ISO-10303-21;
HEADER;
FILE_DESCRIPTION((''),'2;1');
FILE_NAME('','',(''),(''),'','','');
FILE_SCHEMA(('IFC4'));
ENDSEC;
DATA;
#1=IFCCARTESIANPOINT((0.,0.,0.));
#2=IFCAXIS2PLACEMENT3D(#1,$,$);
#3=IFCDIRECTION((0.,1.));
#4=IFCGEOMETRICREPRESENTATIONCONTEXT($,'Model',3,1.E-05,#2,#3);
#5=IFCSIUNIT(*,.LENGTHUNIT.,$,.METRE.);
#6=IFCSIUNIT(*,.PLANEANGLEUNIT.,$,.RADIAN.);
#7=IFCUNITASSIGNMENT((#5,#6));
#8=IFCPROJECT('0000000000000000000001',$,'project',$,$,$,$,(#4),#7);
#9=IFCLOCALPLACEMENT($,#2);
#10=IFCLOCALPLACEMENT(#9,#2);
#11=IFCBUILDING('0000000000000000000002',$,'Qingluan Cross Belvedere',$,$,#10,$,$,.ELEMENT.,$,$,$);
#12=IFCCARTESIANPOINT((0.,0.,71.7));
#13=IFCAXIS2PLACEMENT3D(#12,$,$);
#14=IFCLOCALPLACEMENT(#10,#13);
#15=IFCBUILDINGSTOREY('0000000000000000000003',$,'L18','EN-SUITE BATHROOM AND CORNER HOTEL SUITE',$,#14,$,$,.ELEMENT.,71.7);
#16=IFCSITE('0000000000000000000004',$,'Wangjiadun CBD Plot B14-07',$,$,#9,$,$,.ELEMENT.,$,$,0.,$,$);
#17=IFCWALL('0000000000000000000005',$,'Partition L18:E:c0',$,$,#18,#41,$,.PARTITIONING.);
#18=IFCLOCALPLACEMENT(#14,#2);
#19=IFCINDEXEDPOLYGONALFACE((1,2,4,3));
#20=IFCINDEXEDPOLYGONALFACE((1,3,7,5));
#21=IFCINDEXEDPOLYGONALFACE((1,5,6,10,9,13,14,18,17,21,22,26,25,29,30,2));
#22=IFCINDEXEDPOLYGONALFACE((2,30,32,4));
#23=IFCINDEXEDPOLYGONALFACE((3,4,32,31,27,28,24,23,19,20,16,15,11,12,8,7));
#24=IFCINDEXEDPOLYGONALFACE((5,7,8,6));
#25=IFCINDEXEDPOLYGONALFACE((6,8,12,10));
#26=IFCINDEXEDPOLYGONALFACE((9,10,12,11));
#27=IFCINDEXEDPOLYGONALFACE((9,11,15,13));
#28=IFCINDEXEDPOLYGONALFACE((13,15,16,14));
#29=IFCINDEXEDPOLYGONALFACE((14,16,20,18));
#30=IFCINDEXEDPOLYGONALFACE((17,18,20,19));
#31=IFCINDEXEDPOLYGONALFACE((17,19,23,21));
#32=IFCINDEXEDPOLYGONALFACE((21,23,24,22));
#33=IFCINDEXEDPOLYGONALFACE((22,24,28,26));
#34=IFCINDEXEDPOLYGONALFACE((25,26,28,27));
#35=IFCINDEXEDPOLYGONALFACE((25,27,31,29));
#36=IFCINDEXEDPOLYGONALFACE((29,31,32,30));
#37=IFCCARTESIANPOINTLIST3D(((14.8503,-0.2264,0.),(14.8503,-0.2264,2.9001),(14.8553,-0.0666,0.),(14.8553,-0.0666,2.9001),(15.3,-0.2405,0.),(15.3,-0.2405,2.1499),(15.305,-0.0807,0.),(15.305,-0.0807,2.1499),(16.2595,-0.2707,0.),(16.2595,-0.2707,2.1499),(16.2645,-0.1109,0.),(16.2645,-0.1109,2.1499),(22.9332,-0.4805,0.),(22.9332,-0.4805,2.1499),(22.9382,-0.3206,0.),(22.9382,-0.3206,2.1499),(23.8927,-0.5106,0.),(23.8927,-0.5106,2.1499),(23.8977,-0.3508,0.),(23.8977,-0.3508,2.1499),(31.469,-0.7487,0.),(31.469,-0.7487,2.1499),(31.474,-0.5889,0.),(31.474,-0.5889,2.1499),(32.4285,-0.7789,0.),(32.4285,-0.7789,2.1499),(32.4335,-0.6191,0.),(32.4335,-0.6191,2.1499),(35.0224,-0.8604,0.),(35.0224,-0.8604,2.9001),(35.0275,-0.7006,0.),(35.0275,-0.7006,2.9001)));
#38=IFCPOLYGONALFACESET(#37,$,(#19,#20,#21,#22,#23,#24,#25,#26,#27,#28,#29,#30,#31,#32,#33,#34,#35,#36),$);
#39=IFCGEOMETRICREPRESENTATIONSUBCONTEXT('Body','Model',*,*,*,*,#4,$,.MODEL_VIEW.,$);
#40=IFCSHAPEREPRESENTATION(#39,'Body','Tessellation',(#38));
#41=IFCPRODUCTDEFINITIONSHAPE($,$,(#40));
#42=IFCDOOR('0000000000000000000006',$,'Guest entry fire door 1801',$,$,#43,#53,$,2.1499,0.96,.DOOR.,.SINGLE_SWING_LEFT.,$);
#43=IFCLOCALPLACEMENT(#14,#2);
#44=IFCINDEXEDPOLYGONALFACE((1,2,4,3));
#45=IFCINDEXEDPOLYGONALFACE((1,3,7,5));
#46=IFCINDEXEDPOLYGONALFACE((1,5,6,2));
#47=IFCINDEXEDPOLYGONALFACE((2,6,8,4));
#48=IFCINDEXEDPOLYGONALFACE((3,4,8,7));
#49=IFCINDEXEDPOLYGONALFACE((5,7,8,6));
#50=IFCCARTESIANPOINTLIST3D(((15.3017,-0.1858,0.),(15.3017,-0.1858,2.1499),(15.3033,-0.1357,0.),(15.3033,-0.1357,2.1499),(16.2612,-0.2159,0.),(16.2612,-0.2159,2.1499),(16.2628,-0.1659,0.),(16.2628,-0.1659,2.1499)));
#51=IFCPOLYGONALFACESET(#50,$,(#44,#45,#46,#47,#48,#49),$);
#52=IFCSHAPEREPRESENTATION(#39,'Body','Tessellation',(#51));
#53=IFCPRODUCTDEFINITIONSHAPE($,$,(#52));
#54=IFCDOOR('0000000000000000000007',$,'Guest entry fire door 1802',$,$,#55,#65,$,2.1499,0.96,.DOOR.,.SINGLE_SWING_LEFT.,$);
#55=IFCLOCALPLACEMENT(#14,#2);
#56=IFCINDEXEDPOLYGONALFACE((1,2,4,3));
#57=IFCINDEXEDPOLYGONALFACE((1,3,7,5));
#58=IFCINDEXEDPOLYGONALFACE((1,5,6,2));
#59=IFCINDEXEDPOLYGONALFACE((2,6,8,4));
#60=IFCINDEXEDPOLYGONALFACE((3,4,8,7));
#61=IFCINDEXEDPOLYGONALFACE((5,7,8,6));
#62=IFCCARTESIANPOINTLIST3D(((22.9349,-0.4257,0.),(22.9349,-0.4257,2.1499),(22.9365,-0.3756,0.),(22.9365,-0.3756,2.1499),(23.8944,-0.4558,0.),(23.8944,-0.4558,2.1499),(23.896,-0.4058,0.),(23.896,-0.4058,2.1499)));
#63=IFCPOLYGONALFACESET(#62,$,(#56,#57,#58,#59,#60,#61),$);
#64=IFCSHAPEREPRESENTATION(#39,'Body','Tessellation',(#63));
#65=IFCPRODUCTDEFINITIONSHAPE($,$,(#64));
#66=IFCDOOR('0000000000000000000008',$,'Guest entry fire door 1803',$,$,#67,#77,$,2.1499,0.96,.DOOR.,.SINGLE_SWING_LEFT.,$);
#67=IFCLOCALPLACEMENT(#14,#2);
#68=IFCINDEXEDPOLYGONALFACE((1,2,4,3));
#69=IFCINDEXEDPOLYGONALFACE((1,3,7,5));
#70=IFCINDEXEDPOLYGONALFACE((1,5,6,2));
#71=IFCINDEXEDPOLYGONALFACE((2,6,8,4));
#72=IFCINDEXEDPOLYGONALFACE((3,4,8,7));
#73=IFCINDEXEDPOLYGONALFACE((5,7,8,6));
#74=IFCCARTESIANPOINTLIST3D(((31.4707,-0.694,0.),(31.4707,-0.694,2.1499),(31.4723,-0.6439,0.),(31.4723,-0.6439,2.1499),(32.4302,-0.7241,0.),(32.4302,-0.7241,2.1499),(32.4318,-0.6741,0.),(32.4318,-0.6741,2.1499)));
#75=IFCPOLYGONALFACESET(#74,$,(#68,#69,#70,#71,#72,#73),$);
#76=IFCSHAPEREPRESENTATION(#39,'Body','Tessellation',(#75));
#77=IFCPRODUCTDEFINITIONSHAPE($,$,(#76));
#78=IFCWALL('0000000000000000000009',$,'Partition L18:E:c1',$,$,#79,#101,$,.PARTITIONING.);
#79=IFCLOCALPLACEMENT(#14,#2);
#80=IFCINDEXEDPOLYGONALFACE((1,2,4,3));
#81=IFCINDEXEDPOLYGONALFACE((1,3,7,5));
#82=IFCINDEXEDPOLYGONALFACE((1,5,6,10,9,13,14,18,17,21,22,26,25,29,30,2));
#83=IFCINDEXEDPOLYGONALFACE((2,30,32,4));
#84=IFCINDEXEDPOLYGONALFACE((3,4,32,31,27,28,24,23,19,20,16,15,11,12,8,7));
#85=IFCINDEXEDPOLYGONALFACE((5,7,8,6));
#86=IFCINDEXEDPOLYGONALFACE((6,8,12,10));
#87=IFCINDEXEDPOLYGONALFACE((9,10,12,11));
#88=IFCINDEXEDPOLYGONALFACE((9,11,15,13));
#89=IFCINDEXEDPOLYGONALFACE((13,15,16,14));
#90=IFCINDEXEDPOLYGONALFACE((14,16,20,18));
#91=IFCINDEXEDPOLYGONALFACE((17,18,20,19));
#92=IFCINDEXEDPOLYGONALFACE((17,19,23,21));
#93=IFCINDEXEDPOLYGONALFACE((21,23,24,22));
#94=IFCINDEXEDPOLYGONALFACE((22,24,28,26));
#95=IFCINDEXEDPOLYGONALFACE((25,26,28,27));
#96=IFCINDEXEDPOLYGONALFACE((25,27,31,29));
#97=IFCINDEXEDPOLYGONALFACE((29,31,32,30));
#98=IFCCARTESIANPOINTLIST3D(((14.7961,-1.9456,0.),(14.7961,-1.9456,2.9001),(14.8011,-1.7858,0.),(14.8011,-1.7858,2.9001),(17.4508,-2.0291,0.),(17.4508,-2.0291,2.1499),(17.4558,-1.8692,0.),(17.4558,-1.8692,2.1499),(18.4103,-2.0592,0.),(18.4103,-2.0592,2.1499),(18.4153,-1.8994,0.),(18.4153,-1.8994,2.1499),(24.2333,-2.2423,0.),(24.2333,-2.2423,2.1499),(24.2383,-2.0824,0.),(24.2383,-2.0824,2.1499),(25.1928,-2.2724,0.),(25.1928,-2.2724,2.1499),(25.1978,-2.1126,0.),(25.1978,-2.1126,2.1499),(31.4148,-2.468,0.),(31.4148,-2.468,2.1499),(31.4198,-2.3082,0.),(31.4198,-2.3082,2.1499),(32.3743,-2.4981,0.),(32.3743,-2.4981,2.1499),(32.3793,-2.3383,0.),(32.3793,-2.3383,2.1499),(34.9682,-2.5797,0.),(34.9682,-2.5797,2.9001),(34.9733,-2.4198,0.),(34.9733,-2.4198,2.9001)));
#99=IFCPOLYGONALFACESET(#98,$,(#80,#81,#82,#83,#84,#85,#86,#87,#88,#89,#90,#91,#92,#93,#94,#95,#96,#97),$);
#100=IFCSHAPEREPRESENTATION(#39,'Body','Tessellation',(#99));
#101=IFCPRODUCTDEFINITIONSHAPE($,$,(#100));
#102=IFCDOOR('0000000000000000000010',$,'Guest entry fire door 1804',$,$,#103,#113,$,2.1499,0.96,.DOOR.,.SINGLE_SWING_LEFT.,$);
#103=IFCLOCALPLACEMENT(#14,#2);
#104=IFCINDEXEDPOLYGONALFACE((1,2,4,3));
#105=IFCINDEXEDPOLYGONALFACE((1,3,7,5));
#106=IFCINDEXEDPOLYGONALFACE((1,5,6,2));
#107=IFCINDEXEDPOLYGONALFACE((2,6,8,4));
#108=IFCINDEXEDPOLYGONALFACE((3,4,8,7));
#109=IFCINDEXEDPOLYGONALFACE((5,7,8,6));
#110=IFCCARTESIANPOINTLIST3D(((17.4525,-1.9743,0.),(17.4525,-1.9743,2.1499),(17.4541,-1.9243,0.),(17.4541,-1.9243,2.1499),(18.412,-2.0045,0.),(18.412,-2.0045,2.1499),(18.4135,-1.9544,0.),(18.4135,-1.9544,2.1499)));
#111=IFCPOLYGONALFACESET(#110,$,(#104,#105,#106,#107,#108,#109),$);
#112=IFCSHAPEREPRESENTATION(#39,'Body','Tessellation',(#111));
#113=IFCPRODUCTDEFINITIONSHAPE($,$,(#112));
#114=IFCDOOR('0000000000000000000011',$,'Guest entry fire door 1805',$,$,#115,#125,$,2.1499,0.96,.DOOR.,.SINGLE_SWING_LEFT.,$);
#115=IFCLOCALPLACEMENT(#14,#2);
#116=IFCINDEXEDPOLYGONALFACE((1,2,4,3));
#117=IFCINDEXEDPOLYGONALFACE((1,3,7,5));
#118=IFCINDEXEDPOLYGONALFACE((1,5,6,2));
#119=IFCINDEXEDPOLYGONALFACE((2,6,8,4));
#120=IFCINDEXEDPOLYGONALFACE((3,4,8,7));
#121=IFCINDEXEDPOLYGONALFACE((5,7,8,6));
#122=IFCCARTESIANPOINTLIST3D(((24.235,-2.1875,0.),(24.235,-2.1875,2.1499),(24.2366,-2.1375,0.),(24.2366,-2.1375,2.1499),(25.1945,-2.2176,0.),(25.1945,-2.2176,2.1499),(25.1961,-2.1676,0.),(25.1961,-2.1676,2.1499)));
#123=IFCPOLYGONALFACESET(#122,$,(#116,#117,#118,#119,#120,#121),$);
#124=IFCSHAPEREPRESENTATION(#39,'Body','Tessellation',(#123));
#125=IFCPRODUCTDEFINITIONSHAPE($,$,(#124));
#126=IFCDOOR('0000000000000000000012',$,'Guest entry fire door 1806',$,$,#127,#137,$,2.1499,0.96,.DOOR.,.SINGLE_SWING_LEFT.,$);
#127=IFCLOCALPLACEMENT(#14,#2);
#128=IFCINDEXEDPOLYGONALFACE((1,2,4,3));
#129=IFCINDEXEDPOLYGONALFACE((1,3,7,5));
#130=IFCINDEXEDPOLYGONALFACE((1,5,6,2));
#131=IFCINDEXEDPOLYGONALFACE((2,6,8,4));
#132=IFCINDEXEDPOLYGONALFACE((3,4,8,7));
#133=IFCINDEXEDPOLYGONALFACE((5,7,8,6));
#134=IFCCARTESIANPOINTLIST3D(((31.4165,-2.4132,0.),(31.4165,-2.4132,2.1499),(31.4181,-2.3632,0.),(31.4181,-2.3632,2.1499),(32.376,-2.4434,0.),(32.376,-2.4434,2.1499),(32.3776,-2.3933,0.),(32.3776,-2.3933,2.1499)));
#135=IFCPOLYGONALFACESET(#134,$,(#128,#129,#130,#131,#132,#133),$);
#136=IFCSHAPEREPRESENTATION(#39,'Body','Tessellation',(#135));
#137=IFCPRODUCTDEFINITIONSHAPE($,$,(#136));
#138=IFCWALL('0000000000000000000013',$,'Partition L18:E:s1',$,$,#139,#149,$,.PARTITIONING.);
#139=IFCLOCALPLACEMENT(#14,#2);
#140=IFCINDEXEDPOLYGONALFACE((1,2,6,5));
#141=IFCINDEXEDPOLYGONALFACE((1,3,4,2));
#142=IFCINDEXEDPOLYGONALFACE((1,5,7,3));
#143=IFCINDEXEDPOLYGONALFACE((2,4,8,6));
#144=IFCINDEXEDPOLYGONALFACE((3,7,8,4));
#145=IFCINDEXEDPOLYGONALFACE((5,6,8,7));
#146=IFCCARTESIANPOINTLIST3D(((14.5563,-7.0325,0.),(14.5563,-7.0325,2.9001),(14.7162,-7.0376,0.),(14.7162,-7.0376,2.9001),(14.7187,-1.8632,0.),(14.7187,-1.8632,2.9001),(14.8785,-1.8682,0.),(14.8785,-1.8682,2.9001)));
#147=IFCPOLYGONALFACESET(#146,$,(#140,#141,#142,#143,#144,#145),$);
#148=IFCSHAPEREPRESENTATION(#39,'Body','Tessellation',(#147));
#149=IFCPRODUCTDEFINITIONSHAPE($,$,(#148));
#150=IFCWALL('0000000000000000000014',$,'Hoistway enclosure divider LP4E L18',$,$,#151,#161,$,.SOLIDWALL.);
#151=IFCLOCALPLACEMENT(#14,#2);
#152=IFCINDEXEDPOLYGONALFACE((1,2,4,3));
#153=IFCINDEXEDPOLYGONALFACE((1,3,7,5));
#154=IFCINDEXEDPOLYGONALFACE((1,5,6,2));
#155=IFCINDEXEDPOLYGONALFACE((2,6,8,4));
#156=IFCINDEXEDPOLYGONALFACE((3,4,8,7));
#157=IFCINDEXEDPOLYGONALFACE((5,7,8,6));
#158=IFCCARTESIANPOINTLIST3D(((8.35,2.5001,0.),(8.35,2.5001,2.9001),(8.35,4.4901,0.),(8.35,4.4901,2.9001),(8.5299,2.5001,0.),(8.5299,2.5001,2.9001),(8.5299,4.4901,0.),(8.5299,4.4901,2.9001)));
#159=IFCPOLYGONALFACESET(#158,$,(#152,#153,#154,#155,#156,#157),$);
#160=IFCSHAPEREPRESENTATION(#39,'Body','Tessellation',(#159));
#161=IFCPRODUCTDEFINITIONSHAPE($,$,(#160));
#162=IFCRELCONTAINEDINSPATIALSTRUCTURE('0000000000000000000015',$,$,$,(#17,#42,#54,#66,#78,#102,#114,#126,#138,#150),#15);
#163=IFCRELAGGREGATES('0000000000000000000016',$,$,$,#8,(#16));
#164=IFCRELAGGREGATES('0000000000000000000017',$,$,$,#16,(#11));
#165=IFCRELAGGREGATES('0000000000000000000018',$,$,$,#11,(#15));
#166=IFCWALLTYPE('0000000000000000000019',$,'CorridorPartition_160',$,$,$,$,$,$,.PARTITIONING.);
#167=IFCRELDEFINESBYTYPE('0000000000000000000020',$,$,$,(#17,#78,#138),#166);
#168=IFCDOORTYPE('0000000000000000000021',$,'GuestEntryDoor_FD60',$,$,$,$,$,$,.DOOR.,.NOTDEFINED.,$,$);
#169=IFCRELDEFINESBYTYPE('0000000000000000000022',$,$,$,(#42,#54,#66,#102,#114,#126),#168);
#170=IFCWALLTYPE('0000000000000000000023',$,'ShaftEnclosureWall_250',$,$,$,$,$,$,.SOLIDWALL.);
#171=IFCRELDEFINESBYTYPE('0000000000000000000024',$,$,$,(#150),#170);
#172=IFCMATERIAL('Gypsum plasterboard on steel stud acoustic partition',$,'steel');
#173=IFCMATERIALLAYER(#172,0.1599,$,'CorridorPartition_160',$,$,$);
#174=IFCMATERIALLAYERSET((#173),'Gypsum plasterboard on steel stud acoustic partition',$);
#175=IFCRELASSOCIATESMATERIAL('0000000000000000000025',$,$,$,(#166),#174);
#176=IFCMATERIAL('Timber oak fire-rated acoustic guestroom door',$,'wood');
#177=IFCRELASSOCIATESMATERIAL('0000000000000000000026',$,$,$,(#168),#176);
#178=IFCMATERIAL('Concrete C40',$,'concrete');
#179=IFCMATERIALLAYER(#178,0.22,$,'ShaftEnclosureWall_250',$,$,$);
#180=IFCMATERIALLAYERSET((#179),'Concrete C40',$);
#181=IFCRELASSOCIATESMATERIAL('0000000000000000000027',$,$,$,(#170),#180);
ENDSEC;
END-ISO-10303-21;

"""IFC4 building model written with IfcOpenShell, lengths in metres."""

from ifc_helpers import new_model, si_unit, direction, frame, frame_2d, origin, place, context, subcontext, project, spatial, rectangle, extrude, material, layer, layer_set, type_object, element, fill, save


model = new_model("IFC4")

# Units and contexts
model_context = context("Model", 3, precision=1e-05, world=origin(), true_north=direction((0.0, 1.0)))
body_context = subcontext(model_context, "Body", "Model", "MODEL_VIEW")
ifc_project = project(units=[si_unit("LENGTHUNIT", "METRE"), si_unit("PLANEANGLEUNIT", "RADIAN")], contexts=[model_context])

# Site, building, storey
site_placement = place(None, origin())
site = spatial("IfcSite", under=ifc_project, at=site_placement, Name="Wangjiadun CBD Plot B14-07", CompositionType="ELEMENT", RefElevation=0.0)
building_placement = place(site_placement, origin())
building = spatial("IfcBuilding", under=site, at=building_placement, Name="Qingluan Cross Belvedere", CompositionType="ELEMENT")
storey_placement = place(building_placement, frame((0.0, 0.0, 71.7)))
storey = spatial("IfcBuildingStorey", under=building, at=storey_placement, Name="L18", Description="EN-SUITE BATHROOM AND CORNER HOTEL SUITE", CompositionType="ELEMENT", Elevation=71.7)

# Shared definitions
ifc_material_1 = material(Name="Gypsum plasterboard on steel stud acoustic partition", Category="steel")
ifc_layer_1 = layer(ifc_material_1, 0.1599, Name="CorridorPartition_160")
ifc_layer_set_1 = layer_set([ifc_layer_1], Name="Gypsum plasterboard on steel stud acoustic partition")
wall_type_1 = type_object("IfcWallType", Name="CorridorPartition_160", PredefinedType="PARTITIONING", material=ifc_layer_set_1)

# Walls, openings, doors
wall_1_placement = place(storey_placement, frame((14.8528, -0.1465, 0.0), z_axis=(0.0, 0.0, 1.0), x_axis=(0.999506, -0.031416, 0.0)))
wall_1 = element("IfcWall", 1, at=wall_1_placement, inside=storey, type_object=wall_type_1, Name="Partition L18:E:c0", PredefinedType="PARTITIONING", context=body_context, shape_type="SweptSolid", body=[
    extrude(rectangle(XDim=20.1821, YDim=0.1599, at=frame_2d((10.0911, 0.0))), origin(), (0.0, 0.0, 1.0), 2.9001),
])
opening_1_placement = place(wall_1_placement, frame((0.45, 0.0, 0.0)))
opening_1 = element("IfcOpeningElement", 2, at=opening_1_placement, cuts=wall_1, PredefinedType="OPENING", context=body_context, shape_type="SweptSolid", body=[
    extrude(rectangle(XDim=0.96, YDim=2.1499, at=frame_2d((0.48, 1.075))), frame((0.0, 0.0898, 0.0), z_axis=(0.0, -1.0, 0.0), x_axis=(1.0, 0.0, 0.0)), (0.0, 0.0, 1.0), 0.1799),
])
opening_2_placement = place(wall_1_placement, frame((8.0869, 0.0, 0.0)))
opening_2 = element("IfcOpeningElement", 3, at=opening_2_placement, cuts=wall_1, PredefinedType="OPENING", context=body_context, shape_type="SweptSolid", body=[
    extrude(rectangle(XDim=0.96, YDim=2.1499, at=frame_2d((0.48, 1.075))), frame((0.0, 0.0898, 0.0), z_axis=(0.0, -1.0, 0.0), x_axis=(1.0, 0.0, 0.0)), (0.0, 0.0, 1.0), 0.1799),
])
opening_3_placement = place(wall_1_placement, frame((16.627, 0.0, 0.0)))
opening_3 = element("IfcOpeningElement", 4, at=opening_3_placement, cuts=wall_1, PredefinedType="OPENING", context=body_context, shape_type="SweptSolid", body=[
    extrude(rectangle(XDim=0.96, YDim=2.1499, at=frame_2d((0.48, 1.075))), frame((0.0, 0.0898, 0.0), z_axis=(0.0, -1.0, 0.0), x_axis=(1.0, 0.0, 0.0)), (0.0, 0.0, 1.0), 0.1799),
])
ifc_material_2 = material(Name="Timber oak fire-rated acoustic guestroom door", Category="wood")
door_type_1 = type_object("IfcDoorType", Name="GuestEntryDoor_FD60", OperationType="NOTDEFINED", PredefinedType="DOOR", material=ifc_material_2)
door_1_placement = place(opening_1_placement, origin())
door_1 = element("IfcDoor", 5, at=door_1_placement, inside=storey, type_object=door_type_1, Name="Guest entry fire door 1801", OperationType="SINGLE_SWING_LEFT", OverallHeight=2.1499, OverallWidth=0.96, PredefinedType="DOOR", context=body_context, shape_type="SweptSolid", body=[
    extrude(rectangle(XDim=0.96, YDim=2.1499, at=frame_2d((0.48, 1.075))), frame((0.0, 0.0249, 0.0), z_axis=(0.0, -1.0, 0.0), x_axis=(1.0, 0.0, 0.0)), (0.0, 0.0, 1.0), 0.05),
])
fill(opening_1, door_1)
door_2_placement = place(opening_2_placement, origin())
door_2 = element("IfcDoor", 6, at=door_2_placement, inside=storey, type_object=door_type_1, Name="Guest entry fire door 1802", OperationType="SINGLE_SWING_LEFT", OverallHeight=2.1499, OverallWidth=0.96, PredefinedType="DOOR", context=body_context, shape_type="SweptSolid", body=[
    extrude(rectangle(XDim=0.96, YDim=2.1499, at=frame_2d((0.48, 1.075))), frame((0.0, 0.0249, 0.0), z_axis=(0.0, -1.0, 0.0), x_axis=(1.0, 0.0, 0.0)), (0.0, 0.0, 1.0), 0.05),
])
fill(opening_2, door_2)
door_3_placement = place(opening_3_placement, origin())
door_3 = element("IfcDoor", 7, at=door_3_placement, inside=storey, type_object=door_type_1, Name="Guest entry fire door 1803", OperationType="SINGLE_SWING_LEFT", OverallHeight=2.1499, OverallWidth=0.96, PredefinedType="DOOR", context=body_context, shape_type="SweptSolid", body=[
    extrude(rectangle(XDim=0.96, YDim=2.1499, at=frame_2d((0.48, 1.075))), frame((0.0, 0.0249, 0.0), z_axis=(0.0, -1.0, 0.0), x_axis=(1.0, 0.0, 0.0)), (0.0, 0.0, 1.0), 0.05),
])
fill(opening_3, door_3)
wall_2_placement = place(storey_placement, frame((14.7986, -1.8657, 0.0), z_axis=(0.0, 0.0, 1.0), x_axis=(0.999506, -0.031416, 0.0)))
wall_2 = element("IfcWall", 8, at=wall_2_placement, inside=storey, type_object=wall_type_1, Name="Partition L18:E:c1", PredefinedType="PARTITIONING", context=body_context, shape_type="SweptSolid", body=[
    extrude(rectangle(XDim=20.1821, YDim=0.1599, at=frame_2d((10.0911, 0.0))), origin(), (0.0, 0.0, 1.0), 2.9001),
])
opening_4_placement = place(wall_2_placement, frame((2.656, 0.0, 0.0)))
opening_4 = element("IfcOpeningElement", 9, at=opening_4_placement, cuts=wall_2, PredefinedType="OPENING", context=body_context, shape_type="SweptSolid", body=[
    extrude(rectangle(XDim=0.96, YDim=2.1499, at=frame_2d((0.48, 1.075))), frame((0.0, 0.0898, 0.0), z_axis=(0.0, -1.0, 0.0), x_axis=(1.0, 0.0, 0.0)), (0.0, 0.0, 1.0), 0.1799),
])
opening_5_placement = place(wall_2_placement, frame((9.4419, 0.0, 0.0)))
opening_5 = element("IfcOpeningElement", 10, at=opening_5_placement, cuts=wall_2, PredefinedType="OPENING", context=body_context, shape_type="SweptSolid", body=[
    extrude(rectangle(XDim=0.96, YDim=2.1499, at=frame_2d((0.48, 1.075))), frame((0.0, 0.0898, 0.0), z_axis=(0.0, -1.0, 0.0), x_axis=(1.0, 0.0, 0.0)), (0.0, 0.0, 1.0), 0.1799),
])
opening_6_placement = place(wall_2_placement, frame((16.627, 0.0, 0.0)))
opening_6 = element("IfcOpeningElement", 11, at=opening_6_placement, cuts=wall_2, PredefinedType="OPENING", context=body_context, shape_type="SweptSolid", body=[
    extrude(rectangle(XDim=0.96, YDim=2.1499, at=frame_2d((0.48, 1.075))), frame((0.0, 0.0898, 0.0), z_axis=(0.0, -1.0, 0.0), x_axis=(1.0, 0.0, 0.0)), (0.0, 0.0, 1.0), 0.1799),
])
door_4_placement = place(opening_4_placement, origin())
door_4 = element("IfcDoor", 12, at=door_4_placement, inside=storey, type_object=door_type_1, Name="Guest entry fire door 1804", OperationType="SINGLE_SWING_LEFT", OverallHeight=2.1499, OverallWidth=0.96, PredefinedType="DOOR", context=body_context, shape_type="SweptSolid", body=[
    extrude(rectangle(XDim=0.96, YDim=2.1499, at=frame_2d((0.48, 1.075))), frame((0.0, 0.0249, 0.0), z_axis=(0.0, -1.0, 0.0), x_axis=(1.0, 0.0, 0.0)), (0.0, 0.0, 1.0), 0.05),
])
fill(opening_4, door_4)
door_5_placement = place(opening_5_placement, origin())
door_5 = element("IfcDoor", 13, at=door_5_placement, inside=storey, type_object=door_type_1, Name="Guest entry fire door 1805", OperationType="SINGLE_SWING_LEFT", OverallHeight=2.1499, OverallWidth=0.96, PredefinedType="DOOR", context=body_context, shape_type="SweptSolid", body=[
    extrude(rectangle(XDim=0.96, YDim=2.1499, at=frame_2d((0.48, 1.075))), frame((0.0, 0.0249, 0.0), z_axis=(0.0, -1.0, 0.0), x_axis=(1.0, 0.0, 0.0)), (0.0, 0.0, 1.0), 0.05),
])
fill(opening_5, door_5)
door_6_placement = place(opening_6_placement, origin())
door_6 = element("IfcDoor", 14, at=door_6_placement, inside=storey, type_object=door_type_1, Name="Guest entry fire door 1806", OperationType="SINGLE_SWING_LEFT", OverallHeight=2.1499, OverallWidth=0.96, PredefinedType="DOOR", context=body_context, shape_type="SweptSolid", body=[
    extrude(rectangle(XDim=0.96, YDim=2.1499, at=frame_2d((0.48, 1.075))), frame((0.0, 0.0249, 0.0), z_axis=(0.0, -1.0, 0.0), x_axis=(1.0, 0.0, 0.0)), (0.0, 0.0, 1.0), 0.05),
])
fill(opening_6, door_6)

# Walls
wall_3_placement = place(storey_placement, frame((14.7986, -1.8657, 0.0), z_axis=(0.0, 0.0, 1.0), x_axis=(-0.031391, -0.999507, 0.0)))
element("IfcWall", 15, at=wall_3_placement, inside=storey, type_object=wall_type_1, Name="Partition L18:E:s1", PredefinedType="PARTITIONING", context=body_context, shape_type="SweptSolid", body=[
    extrude(rectangle(XDim=5.1719, YDim=0.1599, at=frame_2d((2.5859, 0.0))), origin(), (0.0, 0.0, 1.0), 2.9001),
])
ifc_material_3 = material(Name="Concrete C40", Category="concrete")
ifc_layer_2 = layer(ifc_material_3, 0.22, Name="ShaftEnclosureWall_250")
ifc_layer_set_2 = layer_set([ifc_layer_2], Name="Concrete C40")
wall_type_2 = type_object("IfcWallType", Name="ShaftEnclosureWall_250", PredefinedType="SOLIDWALL", material=ifc_layer_set_2)
for number, where, z_axis, x_axis, name in (
    (16, (8.4399, 2.5, 0.0), (0.0, 0.0, 1.0), (0.0, 1.0, 0.0), "Hoistway enclosure divider LP4E L18"),
):
    element("IfcWall", number, at=place(storey_placement, frame(where, z_axis=z_axis, x_axis=x_axis)), inside=storey, type_object=wall_type_2, Name=name, PredefinedType="SOLIDWALL", context=body_context, shape_type="SweptSolid", body=[
        extrude(rectangle(XDim=1.99, YDim=0.1799, at=frame_2d((0.9951, 0.0))), origin(), (0.0, 0.0, 1.0), 2.9001),
    ])

save(model, "model.ifc")
